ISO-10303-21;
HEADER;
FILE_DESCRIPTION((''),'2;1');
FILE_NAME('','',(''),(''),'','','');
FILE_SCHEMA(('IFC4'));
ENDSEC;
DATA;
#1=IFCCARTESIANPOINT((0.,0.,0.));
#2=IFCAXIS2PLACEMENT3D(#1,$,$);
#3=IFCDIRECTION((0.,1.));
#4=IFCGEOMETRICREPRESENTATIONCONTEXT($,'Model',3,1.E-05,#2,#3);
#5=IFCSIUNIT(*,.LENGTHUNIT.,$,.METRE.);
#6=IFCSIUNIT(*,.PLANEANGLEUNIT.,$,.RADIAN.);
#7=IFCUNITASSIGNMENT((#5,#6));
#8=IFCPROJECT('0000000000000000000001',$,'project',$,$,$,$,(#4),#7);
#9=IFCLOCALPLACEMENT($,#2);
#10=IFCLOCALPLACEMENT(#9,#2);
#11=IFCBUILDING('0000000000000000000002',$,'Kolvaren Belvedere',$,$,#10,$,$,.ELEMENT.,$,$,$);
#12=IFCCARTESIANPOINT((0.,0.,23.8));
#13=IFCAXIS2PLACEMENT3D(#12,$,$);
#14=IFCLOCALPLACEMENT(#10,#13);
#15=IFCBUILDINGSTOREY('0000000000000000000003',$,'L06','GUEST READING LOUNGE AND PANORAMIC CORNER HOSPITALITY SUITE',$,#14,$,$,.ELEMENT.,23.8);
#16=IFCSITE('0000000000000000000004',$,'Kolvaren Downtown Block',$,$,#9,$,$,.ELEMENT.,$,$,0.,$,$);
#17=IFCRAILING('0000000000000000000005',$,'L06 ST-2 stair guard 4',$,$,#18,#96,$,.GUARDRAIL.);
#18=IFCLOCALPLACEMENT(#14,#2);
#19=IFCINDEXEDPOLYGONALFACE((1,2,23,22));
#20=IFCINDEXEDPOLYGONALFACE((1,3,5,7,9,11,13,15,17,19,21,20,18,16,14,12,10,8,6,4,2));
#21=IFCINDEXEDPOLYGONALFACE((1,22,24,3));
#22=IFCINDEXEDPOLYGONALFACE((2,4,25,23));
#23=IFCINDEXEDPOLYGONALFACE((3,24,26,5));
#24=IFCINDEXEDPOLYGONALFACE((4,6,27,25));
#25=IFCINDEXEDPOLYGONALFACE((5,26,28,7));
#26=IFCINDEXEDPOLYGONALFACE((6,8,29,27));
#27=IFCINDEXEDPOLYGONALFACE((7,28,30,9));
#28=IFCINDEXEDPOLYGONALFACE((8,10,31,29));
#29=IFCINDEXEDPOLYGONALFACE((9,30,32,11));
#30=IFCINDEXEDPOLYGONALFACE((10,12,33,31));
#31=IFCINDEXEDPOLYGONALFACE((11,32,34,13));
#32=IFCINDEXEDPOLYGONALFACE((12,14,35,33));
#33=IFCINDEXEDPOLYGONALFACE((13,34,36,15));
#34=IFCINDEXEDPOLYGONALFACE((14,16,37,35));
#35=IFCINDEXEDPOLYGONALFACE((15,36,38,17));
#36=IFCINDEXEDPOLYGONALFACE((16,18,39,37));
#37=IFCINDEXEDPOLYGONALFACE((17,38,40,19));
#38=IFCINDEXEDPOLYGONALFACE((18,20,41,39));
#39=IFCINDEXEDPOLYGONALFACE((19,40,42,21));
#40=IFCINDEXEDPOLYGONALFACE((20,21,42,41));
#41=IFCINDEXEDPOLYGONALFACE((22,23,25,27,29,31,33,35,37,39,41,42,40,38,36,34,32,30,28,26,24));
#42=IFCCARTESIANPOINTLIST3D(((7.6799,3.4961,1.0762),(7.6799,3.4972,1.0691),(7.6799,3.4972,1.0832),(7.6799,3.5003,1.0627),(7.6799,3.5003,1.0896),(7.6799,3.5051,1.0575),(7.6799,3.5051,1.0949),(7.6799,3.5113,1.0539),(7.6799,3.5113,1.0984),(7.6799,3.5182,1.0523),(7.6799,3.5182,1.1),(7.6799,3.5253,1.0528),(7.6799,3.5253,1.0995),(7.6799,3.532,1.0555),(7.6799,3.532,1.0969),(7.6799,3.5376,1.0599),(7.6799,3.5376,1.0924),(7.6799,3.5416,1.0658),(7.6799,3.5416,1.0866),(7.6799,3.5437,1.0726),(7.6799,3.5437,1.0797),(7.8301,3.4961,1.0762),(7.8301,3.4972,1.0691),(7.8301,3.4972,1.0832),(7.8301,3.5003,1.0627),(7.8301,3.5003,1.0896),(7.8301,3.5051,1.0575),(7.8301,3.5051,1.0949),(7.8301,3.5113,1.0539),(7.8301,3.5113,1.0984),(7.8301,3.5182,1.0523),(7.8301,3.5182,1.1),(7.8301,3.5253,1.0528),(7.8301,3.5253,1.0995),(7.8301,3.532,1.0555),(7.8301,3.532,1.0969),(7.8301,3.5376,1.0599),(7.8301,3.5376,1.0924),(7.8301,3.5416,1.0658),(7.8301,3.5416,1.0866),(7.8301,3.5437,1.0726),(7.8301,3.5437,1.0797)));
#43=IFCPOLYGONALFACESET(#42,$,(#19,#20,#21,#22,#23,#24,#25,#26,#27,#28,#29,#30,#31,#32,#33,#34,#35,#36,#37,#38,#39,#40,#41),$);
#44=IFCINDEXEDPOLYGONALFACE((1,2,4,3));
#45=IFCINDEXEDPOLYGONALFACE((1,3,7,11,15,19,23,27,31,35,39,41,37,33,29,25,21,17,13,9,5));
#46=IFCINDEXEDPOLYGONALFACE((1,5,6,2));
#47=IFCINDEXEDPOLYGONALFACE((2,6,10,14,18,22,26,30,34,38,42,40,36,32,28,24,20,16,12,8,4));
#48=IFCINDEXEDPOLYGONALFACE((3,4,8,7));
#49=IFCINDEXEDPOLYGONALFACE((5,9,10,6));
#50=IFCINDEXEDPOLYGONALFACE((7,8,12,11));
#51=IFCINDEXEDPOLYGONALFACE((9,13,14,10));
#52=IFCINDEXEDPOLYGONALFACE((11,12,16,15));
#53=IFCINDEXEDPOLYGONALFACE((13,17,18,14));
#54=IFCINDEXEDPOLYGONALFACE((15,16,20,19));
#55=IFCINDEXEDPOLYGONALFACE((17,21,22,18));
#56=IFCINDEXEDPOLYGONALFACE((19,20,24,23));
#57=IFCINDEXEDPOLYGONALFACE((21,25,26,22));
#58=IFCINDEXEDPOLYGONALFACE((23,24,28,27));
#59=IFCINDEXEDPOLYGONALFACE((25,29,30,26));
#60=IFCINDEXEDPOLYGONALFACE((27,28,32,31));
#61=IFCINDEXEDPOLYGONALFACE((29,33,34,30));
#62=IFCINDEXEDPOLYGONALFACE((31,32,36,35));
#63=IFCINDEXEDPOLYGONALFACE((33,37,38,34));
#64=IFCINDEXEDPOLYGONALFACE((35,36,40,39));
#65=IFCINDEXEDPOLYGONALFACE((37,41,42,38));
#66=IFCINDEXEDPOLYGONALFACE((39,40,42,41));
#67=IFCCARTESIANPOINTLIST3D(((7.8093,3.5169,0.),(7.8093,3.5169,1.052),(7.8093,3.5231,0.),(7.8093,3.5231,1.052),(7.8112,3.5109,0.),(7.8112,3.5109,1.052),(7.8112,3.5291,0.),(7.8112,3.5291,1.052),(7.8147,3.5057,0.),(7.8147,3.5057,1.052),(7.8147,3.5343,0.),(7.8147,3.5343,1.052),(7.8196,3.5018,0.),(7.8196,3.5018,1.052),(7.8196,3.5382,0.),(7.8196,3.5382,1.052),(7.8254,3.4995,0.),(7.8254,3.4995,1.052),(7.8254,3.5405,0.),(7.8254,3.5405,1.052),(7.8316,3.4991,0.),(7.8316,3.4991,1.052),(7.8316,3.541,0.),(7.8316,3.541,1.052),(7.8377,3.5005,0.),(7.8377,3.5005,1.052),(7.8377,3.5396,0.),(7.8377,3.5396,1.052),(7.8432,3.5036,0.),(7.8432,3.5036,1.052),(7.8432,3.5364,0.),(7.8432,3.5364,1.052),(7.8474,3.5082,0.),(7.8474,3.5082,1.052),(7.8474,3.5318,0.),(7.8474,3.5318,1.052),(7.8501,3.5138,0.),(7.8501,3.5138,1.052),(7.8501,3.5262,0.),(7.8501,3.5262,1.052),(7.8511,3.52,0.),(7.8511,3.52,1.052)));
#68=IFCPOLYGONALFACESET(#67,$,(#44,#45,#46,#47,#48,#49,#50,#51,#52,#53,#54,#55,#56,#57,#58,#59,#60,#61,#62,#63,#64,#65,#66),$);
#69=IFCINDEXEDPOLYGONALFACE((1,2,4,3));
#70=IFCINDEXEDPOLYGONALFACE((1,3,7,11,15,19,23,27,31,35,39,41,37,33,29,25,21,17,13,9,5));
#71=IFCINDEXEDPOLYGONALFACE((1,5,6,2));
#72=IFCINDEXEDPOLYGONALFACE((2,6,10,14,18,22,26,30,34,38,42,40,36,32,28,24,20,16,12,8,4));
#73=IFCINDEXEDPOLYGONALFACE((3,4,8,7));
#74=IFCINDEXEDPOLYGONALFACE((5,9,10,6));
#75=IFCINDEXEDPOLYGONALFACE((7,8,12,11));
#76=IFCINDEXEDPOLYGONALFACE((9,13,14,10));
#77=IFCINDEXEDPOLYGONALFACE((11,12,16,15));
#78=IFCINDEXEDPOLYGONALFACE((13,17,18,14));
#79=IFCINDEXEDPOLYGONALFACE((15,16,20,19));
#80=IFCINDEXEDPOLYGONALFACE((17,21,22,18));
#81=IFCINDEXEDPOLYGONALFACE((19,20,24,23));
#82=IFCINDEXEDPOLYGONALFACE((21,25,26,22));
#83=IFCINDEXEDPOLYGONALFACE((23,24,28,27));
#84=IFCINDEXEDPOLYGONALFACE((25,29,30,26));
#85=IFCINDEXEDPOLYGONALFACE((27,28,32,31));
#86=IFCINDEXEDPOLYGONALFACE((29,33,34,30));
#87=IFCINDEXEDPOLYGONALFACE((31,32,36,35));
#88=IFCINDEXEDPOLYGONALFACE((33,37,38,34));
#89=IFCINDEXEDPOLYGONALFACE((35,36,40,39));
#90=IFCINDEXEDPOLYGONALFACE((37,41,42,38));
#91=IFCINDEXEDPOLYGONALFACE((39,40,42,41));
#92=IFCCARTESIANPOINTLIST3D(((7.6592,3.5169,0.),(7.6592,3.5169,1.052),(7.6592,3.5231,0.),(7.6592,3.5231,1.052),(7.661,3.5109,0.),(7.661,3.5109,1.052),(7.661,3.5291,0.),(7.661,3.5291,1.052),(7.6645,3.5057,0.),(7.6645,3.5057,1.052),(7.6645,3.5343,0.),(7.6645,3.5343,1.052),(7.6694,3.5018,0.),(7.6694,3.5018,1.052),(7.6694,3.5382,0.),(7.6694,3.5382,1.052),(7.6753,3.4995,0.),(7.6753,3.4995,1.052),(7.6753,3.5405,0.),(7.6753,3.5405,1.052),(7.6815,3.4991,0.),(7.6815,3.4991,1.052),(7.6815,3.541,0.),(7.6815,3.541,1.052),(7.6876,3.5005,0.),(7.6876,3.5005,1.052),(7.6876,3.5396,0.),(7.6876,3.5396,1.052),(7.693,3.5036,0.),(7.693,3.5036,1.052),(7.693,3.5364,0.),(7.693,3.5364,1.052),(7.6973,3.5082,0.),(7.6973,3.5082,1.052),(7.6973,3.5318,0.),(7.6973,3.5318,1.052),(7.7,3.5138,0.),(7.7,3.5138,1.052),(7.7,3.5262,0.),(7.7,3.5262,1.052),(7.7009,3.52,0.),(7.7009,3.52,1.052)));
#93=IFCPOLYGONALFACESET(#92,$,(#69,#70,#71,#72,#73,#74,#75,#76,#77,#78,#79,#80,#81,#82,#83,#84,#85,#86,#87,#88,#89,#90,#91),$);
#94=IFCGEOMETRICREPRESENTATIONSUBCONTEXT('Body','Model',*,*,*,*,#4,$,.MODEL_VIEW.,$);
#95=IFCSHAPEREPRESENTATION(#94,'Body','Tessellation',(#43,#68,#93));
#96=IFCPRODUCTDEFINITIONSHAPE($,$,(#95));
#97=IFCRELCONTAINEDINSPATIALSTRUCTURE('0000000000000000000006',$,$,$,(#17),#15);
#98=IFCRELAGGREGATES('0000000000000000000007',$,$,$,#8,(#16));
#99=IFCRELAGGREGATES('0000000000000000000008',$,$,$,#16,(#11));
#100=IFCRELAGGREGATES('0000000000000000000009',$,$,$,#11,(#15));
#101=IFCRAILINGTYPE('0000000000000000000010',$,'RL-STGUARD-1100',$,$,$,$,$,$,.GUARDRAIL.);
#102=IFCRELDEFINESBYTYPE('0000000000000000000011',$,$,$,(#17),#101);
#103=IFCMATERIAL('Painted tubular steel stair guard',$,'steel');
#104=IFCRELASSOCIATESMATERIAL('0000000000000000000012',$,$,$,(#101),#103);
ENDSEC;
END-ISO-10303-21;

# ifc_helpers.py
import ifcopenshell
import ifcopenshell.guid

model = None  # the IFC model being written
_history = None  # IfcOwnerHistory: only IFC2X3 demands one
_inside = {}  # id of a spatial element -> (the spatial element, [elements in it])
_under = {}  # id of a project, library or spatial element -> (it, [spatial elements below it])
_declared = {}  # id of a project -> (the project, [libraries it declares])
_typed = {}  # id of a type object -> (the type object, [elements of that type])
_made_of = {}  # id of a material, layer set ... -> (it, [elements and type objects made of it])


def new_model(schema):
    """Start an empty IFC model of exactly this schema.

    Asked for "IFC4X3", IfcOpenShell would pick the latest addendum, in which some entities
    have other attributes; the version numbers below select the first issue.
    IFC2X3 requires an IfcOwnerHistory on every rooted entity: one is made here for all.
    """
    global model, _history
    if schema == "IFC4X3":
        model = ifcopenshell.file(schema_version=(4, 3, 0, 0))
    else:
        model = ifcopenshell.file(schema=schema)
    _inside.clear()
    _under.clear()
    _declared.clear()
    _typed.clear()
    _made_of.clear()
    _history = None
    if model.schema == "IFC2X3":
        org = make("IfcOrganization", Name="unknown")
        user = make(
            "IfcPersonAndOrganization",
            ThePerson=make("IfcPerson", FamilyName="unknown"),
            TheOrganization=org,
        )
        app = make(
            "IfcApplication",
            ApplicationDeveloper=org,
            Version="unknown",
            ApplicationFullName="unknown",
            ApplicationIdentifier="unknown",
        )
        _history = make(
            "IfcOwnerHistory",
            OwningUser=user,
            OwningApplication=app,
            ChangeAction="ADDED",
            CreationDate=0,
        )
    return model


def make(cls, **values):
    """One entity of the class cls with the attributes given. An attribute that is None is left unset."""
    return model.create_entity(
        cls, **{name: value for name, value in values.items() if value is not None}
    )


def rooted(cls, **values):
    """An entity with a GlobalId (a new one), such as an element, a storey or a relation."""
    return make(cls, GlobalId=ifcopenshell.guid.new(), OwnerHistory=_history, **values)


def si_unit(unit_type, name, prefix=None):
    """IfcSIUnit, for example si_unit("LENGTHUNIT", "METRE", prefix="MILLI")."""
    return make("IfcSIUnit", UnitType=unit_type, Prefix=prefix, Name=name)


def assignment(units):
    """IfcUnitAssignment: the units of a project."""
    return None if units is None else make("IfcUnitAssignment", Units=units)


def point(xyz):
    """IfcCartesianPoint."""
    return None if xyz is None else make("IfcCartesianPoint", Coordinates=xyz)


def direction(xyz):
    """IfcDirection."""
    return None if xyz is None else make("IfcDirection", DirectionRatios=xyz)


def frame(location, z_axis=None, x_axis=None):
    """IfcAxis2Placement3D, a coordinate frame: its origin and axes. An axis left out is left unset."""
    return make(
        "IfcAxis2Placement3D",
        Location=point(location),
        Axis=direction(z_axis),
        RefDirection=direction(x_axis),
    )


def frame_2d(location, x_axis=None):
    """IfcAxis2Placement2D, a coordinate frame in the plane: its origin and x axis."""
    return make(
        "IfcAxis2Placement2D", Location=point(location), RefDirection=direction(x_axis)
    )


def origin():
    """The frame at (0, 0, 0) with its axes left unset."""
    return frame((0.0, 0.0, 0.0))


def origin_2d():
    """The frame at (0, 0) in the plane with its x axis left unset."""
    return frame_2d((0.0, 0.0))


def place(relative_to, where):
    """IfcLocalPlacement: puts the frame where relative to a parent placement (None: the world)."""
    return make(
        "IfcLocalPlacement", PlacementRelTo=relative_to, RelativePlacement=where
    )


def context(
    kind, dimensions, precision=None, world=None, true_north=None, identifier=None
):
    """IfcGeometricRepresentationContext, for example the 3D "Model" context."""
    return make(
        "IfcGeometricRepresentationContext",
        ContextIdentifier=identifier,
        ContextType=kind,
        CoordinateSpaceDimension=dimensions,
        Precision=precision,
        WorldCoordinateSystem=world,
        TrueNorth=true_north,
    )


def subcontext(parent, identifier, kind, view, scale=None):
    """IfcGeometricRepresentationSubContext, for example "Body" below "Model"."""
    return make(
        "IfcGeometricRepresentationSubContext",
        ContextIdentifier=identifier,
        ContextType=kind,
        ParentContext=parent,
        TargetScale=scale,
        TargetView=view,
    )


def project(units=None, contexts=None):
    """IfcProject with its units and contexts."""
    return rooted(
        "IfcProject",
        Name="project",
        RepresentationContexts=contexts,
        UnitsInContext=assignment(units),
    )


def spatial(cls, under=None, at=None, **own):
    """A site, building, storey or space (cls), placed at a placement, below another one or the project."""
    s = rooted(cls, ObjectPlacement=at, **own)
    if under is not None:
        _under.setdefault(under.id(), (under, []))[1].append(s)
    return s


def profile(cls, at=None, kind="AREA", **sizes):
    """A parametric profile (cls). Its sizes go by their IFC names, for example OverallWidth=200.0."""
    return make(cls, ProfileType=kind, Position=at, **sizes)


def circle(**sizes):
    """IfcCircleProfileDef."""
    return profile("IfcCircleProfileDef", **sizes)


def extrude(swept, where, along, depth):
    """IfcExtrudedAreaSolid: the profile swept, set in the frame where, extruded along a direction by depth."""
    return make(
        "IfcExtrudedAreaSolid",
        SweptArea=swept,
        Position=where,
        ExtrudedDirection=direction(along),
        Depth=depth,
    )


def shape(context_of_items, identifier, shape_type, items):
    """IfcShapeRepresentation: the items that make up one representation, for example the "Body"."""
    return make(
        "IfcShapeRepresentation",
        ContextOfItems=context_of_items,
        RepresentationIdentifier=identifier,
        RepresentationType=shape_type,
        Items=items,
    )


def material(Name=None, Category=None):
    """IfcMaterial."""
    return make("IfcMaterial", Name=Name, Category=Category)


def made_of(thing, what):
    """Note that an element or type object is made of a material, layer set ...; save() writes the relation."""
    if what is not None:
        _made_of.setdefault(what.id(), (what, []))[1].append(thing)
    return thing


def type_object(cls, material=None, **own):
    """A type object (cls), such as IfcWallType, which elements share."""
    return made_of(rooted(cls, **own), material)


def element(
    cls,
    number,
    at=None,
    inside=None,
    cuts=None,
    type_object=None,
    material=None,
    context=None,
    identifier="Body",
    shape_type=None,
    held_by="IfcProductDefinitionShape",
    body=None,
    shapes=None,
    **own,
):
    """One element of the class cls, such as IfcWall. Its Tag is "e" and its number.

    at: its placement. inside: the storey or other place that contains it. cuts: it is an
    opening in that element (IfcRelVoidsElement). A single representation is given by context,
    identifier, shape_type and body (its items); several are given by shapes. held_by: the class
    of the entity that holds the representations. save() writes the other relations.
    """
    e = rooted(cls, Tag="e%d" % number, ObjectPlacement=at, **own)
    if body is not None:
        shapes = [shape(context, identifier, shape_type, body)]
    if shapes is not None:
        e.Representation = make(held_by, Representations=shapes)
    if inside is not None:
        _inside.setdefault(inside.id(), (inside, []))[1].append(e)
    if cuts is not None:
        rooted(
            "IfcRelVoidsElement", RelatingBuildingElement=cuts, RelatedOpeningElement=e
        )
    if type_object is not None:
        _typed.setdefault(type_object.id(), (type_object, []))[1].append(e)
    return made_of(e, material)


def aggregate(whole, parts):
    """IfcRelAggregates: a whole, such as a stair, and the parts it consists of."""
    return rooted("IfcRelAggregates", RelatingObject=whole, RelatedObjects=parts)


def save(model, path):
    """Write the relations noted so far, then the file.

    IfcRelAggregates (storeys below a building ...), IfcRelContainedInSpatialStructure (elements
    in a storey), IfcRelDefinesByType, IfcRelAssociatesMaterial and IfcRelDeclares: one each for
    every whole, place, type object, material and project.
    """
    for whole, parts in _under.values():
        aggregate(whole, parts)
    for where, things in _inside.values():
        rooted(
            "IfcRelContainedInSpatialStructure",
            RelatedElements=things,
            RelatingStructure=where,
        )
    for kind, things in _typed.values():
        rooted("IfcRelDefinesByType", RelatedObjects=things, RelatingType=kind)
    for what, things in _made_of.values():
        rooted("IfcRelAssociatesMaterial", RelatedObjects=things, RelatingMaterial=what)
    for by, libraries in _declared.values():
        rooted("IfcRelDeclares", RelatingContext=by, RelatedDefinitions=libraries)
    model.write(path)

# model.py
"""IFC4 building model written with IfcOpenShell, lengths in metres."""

from ifc_helpers import new_model, si_unit, direction, frame, origin, origin_2d, place, context, subcontext, project, spatial, circle, extrude, material, type_object, element, save


model = new_model("IFC4")

# Units and contexts
model_context = context("Model", 3, precision=1e-05, world=origin(), true_north=direction((0.0, 1.0)))
body_context = subcontext(model_context, "Body", "Model", "MODEL_VIEW")
ifc_project = project(units=[si_unit("LENGTHUNIT", "METRE"), si_unit("PLANEANGLEUNIT", "RADIAN")], contexts=[model_context])

# Site, building, storey
site_placement = place(None, origin())
site = spatial("IfcSite", under=ifc_project, at=site_placement, Name="Kolvaren Downtown Block", CompositionType="ELEMENT", RefElevation=0.0)
building_placement = place(site_placement, origin())
building = spatial("IfcBuilding", under=site, at=building_placement, Name="Kolvaren Belvedere", CompositionType="ELEMENT")
storey_placement = place(building_placement, frame((0.0, 0.0, 23.8)))
storey = spatial("IfcBuildingStorey", under=building, at=storey_placement, Name="L06", Description="GUEST READING LOUNGE AND PANORAMIC CORNER HOSPITALITY SUITE", CompositionType="ELEMENT", Elevation=23.8)

# Railing
ifc_material_1 = material(Name="Painted tubular steel stair guard", Category="steel")
railing_type_1 = type_object("IfcRailingType", Name="RL-STGUARD-1100", PredefinedType="GUARDRAIL", material=ifc_material_1)
railing_1_placement = place(storey_placement, frame((7.8301, 3.52, 0.0)))
element("IfcRailing", 1, at=railing_1_placement, inside=storey, type_object=railing_type_1, Name="L06 ST-2 stair guard 4", PredefinedType="GUARDRAIL", context=body_context, shape_type="SweptSolid", body=[
    extrude(circle(Radius=0.0239, at=origin_2d()), frame((0.0, 0.0, 1.0762), z_axis=(-1.0, 0.0, 0.0), x_axis=(0.0, -1.0, 0.0)), (0.0, 0.0, 1.0), 0.1501),
    extrude(circle(Radius=0.021, at=origin_2d()), origin(), (0.0, 0.0, 1.0), 1.052),
    extrude(circle(Radius=0.021, at=origin_2d()), frame((-0.1501, 0.0, 0.0)), (0.0, 0.0, 1.0), 1.052),
])

save(model, "model.ifc")
